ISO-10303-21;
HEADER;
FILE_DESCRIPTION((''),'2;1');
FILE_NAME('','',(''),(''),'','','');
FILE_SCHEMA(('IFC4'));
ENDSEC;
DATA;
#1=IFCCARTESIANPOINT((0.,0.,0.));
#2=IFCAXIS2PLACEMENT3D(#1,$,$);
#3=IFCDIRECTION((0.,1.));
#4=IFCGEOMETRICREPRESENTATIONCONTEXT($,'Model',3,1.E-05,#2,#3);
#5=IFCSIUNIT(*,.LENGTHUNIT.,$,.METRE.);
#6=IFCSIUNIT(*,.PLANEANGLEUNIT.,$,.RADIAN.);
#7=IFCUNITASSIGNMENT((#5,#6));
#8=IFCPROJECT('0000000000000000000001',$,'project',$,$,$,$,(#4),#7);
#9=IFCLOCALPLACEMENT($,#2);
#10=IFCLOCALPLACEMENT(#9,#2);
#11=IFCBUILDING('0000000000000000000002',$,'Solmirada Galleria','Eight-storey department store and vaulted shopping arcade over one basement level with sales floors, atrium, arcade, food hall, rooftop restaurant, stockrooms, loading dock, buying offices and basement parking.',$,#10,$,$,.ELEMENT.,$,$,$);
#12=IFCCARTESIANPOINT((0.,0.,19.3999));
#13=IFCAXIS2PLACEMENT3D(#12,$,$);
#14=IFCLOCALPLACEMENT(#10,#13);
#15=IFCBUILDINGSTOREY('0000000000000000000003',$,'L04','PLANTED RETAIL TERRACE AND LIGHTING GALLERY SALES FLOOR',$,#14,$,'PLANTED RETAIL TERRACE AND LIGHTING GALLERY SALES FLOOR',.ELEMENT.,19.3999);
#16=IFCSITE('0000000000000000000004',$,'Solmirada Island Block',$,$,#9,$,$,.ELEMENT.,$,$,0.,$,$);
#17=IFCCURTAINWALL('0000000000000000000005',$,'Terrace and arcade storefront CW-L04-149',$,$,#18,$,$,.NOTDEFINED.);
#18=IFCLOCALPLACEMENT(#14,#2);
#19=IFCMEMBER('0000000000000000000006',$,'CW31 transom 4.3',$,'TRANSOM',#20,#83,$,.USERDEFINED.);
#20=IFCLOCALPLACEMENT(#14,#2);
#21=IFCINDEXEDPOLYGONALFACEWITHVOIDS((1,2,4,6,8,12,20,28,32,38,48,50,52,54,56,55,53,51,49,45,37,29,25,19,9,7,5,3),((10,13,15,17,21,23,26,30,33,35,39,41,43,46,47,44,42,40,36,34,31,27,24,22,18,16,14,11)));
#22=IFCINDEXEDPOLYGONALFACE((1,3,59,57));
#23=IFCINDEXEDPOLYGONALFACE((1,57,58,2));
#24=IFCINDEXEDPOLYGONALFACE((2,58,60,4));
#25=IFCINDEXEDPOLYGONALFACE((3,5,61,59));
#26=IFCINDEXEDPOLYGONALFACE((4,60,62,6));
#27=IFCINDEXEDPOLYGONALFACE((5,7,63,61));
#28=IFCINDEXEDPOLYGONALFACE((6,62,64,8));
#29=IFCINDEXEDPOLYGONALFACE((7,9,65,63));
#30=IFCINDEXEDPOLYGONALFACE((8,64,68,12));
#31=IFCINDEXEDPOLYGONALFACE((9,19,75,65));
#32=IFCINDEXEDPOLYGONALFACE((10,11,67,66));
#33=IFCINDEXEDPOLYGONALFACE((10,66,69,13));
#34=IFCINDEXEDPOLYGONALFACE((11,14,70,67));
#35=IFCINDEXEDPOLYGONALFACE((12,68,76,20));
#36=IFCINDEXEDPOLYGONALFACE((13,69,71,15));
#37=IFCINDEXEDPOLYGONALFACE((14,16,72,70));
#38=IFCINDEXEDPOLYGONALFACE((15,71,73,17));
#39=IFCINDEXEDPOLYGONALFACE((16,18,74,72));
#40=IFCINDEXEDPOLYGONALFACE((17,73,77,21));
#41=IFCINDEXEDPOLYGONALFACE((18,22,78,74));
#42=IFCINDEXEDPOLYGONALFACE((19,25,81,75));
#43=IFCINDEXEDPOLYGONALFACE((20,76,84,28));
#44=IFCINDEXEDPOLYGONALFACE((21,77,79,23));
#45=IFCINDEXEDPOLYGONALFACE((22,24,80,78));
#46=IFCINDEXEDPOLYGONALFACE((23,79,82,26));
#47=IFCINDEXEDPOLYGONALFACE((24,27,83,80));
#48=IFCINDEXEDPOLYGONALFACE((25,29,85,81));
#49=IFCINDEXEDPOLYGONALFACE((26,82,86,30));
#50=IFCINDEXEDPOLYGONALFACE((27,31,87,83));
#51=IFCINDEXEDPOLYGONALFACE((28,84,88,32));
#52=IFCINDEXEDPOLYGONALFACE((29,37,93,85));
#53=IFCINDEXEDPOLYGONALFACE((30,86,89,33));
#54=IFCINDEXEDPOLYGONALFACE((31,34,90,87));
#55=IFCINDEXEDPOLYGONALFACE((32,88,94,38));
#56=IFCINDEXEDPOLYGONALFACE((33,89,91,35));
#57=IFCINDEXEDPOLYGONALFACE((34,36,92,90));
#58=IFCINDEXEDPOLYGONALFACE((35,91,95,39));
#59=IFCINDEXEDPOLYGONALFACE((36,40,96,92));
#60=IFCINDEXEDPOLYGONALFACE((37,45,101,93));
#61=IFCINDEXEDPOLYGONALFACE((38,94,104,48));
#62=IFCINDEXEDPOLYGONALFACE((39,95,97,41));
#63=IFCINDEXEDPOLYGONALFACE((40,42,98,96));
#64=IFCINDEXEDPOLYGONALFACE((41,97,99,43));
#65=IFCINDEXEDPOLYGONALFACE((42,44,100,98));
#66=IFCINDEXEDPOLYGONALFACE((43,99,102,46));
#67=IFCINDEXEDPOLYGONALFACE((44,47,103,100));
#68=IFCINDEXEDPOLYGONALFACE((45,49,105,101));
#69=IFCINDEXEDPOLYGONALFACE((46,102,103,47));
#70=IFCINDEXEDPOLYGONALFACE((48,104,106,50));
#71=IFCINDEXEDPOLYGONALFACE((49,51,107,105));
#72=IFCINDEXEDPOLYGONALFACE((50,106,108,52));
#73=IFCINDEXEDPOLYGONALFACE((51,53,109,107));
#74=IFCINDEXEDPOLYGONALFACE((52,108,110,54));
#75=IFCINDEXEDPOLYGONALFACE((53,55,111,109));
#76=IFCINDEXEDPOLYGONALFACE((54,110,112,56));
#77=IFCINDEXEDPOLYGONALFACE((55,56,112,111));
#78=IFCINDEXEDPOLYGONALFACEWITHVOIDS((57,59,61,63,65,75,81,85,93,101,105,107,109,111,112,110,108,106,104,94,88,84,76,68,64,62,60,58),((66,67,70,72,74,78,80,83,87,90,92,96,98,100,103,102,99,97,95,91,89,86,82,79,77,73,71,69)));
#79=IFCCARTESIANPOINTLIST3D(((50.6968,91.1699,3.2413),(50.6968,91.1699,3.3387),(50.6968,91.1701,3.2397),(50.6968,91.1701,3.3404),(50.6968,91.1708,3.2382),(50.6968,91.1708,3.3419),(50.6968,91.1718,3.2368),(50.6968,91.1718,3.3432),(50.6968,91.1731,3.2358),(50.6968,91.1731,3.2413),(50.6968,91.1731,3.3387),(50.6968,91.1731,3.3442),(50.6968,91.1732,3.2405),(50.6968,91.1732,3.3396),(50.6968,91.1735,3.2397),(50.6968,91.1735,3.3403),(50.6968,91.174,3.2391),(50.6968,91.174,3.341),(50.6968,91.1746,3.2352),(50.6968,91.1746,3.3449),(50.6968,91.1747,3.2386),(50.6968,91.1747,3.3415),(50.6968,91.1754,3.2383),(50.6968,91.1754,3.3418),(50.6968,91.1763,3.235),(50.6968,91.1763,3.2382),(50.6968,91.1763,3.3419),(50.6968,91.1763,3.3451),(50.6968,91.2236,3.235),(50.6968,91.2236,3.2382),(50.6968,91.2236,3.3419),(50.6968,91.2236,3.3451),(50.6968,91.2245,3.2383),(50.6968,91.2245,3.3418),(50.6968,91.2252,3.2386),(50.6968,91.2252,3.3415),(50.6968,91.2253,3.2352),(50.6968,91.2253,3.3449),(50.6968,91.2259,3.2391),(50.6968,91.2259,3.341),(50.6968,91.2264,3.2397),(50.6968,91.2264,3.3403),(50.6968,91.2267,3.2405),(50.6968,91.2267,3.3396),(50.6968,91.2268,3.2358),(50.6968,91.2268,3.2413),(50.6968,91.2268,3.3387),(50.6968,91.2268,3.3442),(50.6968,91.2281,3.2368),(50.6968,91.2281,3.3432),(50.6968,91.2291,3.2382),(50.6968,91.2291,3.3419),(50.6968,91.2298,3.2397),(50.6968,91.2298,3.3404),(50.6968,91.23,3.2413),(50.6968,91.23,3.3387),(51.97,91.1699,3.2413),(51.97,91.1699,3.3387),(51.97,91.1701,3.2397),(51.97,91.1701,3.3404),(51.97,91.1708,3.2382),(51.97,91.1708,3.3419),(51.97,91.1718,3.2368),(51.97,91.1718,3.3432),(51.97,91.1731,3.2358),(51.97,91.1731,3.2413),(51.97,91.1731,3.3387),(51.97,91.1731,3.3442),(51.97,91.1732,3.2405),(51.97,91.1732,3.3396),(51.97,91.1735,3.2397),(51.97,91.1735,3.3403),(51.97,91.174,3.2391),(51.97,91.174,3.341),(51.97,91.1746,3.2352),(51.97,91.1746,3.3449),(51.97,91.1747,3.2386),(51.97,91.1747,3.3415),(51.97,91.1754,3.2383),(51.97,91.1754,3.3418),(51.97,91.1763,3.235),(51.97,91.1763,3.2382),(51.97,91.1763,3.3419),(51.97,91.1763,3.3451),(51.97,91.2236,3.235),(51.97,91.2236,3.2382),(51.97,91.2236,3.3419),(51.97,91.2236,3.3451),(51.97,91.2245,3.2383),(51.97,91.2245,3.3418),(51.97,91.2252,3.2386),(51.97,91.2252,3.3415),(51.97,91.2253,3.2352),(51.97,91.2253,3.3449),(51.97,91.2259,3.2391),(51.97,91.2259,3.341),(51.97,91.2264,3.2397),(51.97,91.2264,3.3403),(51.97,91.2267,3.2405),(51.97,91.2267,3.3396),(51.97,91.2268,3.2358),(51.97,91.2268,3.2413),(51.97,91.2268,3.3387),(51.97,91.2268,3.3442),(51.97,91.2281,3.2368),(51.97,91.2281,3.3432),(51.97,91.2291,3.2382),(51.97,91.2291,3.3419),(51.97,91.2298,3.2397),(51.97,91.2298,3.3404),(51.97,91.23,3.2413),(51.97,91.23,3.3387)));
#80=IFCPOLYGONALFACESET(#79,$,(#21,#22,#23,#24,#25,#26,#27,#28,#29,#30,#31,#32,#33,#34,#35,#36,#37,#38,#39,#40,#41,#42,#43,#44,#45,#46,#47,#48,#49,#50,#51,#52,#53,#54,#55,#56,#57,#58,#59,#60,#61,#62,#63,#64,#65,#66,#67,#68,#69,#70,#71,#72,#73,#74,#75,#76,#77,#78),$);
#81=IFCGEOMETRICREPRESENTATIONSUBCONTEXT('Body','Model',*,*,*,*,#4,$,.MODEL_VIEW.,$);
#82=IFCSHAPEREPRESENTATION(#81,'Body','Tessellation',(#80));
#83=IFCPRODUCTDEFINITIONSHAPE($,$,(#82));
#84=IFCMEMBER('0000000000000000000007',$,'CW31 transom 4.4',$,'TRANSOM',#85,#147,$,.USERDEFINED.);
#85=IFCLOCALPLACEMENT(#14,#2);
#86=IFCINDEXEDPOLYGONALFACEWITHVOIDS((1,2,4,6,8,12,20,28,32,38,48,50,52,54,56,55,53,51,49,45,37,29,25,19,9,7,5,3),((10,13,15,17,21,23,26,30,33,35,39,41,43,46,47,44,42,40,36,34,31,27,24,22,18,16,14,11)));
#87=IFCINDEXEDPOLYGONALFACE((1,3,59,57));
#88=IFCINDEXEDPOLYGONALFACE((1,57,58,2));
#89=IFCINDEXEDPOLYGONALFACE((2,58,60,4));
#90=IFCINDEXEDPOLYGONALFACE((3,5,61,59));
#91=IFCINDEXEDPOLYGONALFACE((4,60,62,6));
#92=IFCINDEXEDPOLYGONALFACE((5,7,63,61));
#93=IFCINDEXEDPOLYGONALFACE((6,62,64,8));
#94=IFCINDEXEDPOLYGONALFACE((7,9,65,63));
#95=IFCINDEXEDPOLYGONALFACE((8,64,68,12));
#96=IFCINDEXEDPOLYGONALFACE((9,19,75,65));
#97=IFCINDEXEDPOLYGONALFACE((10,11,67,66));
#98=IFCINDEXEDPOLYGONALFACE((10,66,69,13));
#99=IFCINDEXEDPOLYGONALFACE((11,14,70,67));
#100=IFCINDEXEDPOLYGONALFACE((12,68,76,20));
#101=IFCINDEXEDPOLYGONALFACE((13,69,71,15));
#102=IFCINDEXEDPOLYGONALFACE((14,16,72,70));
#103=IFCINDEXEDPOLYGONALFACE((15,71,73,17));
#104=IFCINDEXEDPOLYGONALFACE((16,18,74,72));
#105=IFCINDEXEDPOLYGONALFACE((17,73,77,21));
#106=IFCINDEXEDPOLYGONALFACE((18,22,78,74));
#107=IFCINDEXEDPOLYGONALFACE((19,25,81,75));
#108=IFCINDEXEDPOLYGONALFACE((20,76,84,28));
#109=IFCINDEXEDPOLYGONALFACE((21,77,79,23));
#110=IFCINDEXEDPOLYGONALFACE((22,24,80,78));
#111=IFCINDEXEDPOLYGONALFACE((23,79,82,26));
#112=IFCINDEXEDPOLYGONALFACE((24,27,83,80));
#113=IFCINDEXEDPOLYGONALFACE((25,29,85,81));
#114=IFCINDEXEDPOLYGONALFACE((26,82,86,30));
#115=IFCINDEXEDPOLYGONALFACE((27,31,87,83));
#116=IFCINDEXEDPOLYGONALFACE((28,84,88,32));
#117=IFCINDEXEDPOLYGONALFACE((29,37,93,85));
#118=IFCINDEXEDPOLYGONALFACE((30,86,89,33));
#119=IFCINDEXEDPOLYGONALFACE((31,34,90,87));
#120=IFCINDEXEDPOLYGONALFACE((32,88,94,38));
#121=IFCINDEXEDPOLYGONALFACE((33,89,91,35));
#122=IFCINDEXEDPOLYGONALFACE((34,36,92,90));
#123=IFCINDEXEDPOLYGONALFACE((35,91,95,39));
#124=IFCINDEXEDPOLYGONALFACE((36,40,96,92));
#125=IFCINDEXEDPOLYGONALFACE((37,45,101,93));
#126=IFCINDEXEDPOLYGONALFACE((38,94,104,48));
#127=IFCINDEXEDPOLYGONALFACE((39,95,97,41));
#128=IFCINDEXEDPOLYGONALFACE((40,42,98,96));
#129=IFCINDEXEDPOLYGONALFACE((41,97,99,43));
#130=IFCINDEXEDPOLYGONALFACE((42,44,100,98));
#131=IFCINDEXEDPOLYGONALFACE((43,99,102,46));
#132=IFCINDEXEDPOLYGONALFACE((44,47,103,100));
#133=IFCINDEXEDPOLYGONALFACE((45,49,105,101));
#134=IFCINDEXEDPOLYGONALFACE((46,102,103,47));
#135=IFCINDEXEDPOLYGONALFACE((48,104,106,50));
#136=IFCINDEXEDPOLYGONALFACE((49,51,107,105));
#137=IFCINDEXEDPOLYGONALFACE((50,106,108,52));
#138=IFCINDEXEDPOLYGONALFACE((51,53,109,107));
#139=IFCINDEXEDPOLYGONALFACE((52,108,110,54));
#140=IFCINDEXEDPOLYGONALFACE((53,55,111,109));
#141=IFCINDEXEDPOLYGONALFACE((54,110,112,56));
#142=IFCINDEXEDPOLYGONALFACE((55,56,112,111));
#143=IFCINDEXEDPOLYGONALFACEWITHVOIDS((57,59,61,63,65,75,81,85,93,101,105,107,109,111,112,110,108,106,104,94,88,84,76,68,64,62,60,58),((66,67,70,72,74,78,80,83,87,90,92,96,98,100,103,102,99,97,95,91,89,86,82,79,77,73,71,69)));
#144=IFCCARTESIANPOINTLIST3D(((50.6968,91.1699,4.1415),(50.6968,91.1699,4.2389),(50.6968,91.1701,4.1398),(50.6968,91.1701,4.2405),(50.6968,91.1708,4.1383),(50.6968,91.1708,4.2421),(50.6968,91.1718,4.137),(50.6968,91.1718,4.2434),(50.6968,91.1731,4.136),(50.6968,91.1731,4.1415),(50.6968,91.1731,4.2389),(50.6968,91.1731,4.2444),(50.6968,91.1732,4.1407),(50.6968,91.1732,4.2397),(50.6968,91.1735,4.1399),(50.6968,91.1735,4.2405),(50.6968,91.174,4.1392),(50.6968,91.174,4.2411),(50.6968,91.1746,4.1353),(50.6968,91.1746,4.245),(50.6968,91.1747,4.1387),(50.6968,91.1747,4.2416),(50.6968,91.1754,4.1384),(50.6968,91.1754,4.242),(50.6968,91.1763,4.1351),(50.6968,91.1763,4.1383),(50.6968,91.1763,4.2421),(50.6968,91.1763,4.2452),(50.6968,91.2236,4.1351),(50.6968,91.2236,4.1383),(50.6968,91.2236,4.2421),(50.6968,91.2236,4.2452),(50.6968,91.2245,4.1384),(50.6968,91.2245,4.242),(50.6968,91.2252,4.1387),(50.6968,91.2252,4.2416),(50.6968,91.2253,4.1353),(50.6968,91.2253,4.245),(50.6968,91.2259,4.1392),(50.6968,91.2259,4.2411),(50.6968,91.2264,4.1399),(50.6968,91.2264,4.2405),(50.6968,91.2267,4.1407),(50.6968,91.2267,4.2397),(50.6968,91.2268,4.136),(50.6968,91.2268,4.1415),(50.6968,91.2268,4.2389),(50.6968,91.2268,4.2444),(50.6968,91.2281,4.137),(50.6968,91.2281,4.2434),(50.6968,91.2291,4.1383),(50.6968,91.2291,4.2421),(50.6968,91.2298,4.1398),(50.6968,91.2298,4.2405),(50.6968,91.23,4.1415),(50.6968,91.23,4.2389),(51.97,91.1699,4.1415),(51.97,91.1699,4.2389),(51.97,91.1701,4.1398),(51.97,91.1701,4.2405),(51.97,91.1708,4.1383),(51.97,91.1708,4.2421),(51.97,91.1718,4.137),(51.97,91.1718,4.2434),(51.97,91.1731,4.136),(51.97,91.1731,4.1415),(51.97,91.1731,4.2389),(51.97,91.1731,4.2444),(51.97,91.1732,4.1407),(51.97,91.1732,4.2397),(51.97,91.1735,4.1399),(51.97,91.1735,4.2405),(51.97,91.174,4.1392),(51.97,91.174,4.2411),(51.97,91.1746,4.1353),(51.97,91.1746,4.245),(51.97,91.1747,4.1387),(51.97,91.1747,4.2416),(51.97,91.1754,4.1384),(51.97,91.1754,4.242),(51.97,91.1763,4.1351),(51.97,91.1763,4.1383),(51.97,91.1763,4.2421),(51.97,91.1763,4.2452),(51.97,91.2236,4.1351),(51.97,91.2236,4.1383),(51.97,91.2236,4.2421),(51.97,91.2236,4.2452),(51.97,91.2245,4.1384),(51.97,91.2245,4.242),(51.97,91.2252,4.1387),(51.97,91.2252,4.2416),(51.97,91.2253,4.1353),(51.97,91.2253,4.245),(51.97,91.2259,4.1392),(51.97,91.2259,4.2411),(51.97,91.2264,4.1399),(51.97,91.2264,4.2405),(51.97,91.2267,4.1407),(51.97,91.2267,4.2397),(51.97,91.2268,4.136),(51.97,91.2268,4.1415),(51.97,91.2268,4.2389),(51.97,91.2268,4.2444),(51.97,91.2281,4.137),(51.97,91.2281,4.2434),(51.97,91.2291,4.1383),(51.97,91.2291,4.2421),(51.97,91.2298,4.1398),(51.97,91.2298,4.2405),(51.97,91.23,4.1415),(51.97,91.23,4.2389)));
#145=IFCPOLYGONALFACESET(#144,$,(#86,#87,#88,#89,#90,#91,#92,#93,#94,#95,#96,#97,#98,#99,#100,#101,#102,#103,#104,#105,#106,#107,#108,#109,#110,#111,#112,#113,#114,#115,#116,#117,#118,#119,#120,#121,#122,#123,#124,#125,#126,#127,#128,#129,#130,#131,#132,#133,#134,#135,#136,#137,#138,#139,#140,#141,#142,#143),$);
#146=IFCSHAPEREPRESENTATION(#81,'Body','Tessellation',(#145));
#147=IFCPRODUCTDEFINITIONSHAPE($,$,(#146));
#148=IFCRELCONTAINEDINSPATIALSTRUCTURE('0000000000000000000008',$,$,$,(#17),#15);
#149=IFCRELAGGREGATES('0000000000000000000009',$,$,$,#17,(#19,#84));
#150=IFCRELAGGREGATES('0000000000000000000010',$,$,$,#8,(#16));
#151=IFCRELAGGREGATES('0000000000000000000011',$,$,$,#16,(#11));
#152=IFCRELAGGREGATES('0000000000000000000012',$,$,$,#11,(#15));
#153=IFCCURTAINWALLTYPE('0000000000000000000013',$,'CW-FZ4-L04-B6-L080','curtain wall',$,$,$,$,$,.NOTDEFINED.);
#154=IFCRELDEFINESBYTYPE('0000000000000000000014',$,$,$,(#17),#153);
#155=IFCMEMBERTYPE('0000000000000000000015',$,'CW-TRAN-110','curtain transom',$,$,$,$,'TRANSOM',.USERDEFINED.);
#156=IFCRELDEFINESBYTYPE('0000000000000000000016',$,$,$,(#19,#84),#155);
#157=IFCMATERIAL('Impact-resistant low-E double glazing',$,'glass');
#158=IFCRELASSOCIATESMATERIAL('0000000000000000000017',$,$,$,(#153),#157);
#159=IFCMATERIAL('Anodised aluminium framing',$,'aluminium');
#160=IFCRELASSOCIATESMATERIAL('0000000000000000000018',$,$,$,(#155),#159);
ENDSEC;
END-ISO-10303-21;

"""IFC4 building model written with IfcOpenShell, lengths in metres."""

from ifc_helpers import new_model, si_unit, direction, frame, origin, origin_2d, place, context, subcontext, project, spatial, hollow_rectangle, extrude, material, material_profile, profile_set, type_object, element, aggregate, save


model = new_model("IFC4")

# Units and contexts
model_context = context("Model", 3, precision=1e-05, world=origin(), true_north=direction((0.0, 1.0)))
body_context = subcontext(model_context, "Body", "Model", "MODEL_VIEW")
ifc_project = project(units=[si_unit("LENGTHUNIT", "METRE"), si_unit("PLANEANGLEUNIT", "RADIAN")], contexts=[model_context])

# Site, building, storey
site_placement = place(None, origin())
site = spatial("IfcSite", under=ifc_project, at=site_placement, Name="Solmirada Island Block", CompositionType="ELEMENT", RefElevation=0.0)
building_placement = place(site_placement, origin())
building = spatial("IfcBuilding", under=site, at=building_placement, Name="Solmirada Galleria", Description="Eight-storey department store and vaulted shopping arcade over one basement level with sales floors, atrium, arcade, food hall, rooftop restaurant, stockrooms, loading dock, buying offices and basement parking.", CompositionType="ELEMENT")
storey_placement = place(building_placement, frame((0.0, 0.0, 19.3999)))
storey = spatial("IfcBuildingStorey", under=building, at=storey_placement, Name="L04", Description="PLANTED RETAIL TERRACE AND LIGHTING GALLERY SALES FLOOR", LongName="PLANTED RETAIL TERRACE AND LIGHTING GALLERY SALES FLOOR", CompositionType="ELEMENT", Elevation=19.3999)

# Curtain wall, members
ifc_material_1 = material(Name="Impact-resistant low-E double glazing", Category="glass")
curtain_wall_type = type_object("IfcCurtainWallType", Name="CW-FZ4-L04-B6-L080", Description="curtain wall", PredefinedType="NOTDEFINED", material=ifc_material_1)
curtain_wall_placement = place(storey_placement, origin())
curtain_wall = element("IfcCurtainWall", 1, at=curtain_wall_placement, inside=storey, type_object=curtain_wall_type, Name="Terrace and arcade storefront CW-L04-149", PredefinedType="NOTDEFINED")
ifc_material_2 = material(Name="Anodised aluminium framing", Category="aluminium")
ifc_material_profile_1 = material_profile(ifc_material_2, hollow_rectangle(XDim=0.0601, YDim=0.1101, WallThickness=0.0032, InnerFilletRadius=0.0032, OuterFilletRadius=0.0063, at=origin_2d()), Name="ALU-TRAN-110X60")
ifc_profile_set_1 = profile_set([ifc_material_profile_1], Name="Anodised aluminium framing")
member_type_1 = type_object("IfcMemberType", Name="CW-TRAN-110", Description="curtain transom", ElementType="TRANSOM", PredefinedType="USERDEFINED", material=ifc_profile_set_1)
member_1_placement = place(storey_placement, frame((51.97, 91.2, 3.29), z_axis=(-1.0, 0.0, 0.0), x_axis=(0.0, -1.0, 0.0)))
member_1 = element("IfcMember", 2, at=member_1_placement, type_object=member_type_1, Name="CW31 transom 4.3", ObjectType="TRANSOM", PredefinedType="USERDEFINED", context=body_context, shape_type="SweptSolid", body=[
    extrude(hollow_rectangle(XDim=0.0601, YDim=0.1101, WallThickness=0.0032, InnerFilletRadius=0.0032, OuterFilletRadius=0.0063, at=origin_2d()), origin(), (0.0, 0.0, 1.0), 1.2732),
])
member_2_placement = place(storey_placement, frame((51.97, 91.2, 4.1902), z_axis=(-1.0, 0.0, 0.0), x_axis=(0.0, -1.0, 0.0)))
member_2 = element("IfcMember", 3, at=member_2_placement, type_object=member_type_1, Name="CW31 transom 4.4", ObjectType="TRANSOM", PredefinedType="USERDEFINED", context=body_context, shape_type="SweptSolid", body=[
    extrude(hollow_rectangle(XDim=0.0601, YDim=0.1101, WallThickness=0.0032, InnerFilletRadius=0.0032, OuterFilletRadius=0.0063, at=origin_2d()), origin(), (0.0, 0.0, 1.0), 1.2732),
])
aggregate(curtain_wall, [member_1, member_2])

save(model, "model.ifc")
